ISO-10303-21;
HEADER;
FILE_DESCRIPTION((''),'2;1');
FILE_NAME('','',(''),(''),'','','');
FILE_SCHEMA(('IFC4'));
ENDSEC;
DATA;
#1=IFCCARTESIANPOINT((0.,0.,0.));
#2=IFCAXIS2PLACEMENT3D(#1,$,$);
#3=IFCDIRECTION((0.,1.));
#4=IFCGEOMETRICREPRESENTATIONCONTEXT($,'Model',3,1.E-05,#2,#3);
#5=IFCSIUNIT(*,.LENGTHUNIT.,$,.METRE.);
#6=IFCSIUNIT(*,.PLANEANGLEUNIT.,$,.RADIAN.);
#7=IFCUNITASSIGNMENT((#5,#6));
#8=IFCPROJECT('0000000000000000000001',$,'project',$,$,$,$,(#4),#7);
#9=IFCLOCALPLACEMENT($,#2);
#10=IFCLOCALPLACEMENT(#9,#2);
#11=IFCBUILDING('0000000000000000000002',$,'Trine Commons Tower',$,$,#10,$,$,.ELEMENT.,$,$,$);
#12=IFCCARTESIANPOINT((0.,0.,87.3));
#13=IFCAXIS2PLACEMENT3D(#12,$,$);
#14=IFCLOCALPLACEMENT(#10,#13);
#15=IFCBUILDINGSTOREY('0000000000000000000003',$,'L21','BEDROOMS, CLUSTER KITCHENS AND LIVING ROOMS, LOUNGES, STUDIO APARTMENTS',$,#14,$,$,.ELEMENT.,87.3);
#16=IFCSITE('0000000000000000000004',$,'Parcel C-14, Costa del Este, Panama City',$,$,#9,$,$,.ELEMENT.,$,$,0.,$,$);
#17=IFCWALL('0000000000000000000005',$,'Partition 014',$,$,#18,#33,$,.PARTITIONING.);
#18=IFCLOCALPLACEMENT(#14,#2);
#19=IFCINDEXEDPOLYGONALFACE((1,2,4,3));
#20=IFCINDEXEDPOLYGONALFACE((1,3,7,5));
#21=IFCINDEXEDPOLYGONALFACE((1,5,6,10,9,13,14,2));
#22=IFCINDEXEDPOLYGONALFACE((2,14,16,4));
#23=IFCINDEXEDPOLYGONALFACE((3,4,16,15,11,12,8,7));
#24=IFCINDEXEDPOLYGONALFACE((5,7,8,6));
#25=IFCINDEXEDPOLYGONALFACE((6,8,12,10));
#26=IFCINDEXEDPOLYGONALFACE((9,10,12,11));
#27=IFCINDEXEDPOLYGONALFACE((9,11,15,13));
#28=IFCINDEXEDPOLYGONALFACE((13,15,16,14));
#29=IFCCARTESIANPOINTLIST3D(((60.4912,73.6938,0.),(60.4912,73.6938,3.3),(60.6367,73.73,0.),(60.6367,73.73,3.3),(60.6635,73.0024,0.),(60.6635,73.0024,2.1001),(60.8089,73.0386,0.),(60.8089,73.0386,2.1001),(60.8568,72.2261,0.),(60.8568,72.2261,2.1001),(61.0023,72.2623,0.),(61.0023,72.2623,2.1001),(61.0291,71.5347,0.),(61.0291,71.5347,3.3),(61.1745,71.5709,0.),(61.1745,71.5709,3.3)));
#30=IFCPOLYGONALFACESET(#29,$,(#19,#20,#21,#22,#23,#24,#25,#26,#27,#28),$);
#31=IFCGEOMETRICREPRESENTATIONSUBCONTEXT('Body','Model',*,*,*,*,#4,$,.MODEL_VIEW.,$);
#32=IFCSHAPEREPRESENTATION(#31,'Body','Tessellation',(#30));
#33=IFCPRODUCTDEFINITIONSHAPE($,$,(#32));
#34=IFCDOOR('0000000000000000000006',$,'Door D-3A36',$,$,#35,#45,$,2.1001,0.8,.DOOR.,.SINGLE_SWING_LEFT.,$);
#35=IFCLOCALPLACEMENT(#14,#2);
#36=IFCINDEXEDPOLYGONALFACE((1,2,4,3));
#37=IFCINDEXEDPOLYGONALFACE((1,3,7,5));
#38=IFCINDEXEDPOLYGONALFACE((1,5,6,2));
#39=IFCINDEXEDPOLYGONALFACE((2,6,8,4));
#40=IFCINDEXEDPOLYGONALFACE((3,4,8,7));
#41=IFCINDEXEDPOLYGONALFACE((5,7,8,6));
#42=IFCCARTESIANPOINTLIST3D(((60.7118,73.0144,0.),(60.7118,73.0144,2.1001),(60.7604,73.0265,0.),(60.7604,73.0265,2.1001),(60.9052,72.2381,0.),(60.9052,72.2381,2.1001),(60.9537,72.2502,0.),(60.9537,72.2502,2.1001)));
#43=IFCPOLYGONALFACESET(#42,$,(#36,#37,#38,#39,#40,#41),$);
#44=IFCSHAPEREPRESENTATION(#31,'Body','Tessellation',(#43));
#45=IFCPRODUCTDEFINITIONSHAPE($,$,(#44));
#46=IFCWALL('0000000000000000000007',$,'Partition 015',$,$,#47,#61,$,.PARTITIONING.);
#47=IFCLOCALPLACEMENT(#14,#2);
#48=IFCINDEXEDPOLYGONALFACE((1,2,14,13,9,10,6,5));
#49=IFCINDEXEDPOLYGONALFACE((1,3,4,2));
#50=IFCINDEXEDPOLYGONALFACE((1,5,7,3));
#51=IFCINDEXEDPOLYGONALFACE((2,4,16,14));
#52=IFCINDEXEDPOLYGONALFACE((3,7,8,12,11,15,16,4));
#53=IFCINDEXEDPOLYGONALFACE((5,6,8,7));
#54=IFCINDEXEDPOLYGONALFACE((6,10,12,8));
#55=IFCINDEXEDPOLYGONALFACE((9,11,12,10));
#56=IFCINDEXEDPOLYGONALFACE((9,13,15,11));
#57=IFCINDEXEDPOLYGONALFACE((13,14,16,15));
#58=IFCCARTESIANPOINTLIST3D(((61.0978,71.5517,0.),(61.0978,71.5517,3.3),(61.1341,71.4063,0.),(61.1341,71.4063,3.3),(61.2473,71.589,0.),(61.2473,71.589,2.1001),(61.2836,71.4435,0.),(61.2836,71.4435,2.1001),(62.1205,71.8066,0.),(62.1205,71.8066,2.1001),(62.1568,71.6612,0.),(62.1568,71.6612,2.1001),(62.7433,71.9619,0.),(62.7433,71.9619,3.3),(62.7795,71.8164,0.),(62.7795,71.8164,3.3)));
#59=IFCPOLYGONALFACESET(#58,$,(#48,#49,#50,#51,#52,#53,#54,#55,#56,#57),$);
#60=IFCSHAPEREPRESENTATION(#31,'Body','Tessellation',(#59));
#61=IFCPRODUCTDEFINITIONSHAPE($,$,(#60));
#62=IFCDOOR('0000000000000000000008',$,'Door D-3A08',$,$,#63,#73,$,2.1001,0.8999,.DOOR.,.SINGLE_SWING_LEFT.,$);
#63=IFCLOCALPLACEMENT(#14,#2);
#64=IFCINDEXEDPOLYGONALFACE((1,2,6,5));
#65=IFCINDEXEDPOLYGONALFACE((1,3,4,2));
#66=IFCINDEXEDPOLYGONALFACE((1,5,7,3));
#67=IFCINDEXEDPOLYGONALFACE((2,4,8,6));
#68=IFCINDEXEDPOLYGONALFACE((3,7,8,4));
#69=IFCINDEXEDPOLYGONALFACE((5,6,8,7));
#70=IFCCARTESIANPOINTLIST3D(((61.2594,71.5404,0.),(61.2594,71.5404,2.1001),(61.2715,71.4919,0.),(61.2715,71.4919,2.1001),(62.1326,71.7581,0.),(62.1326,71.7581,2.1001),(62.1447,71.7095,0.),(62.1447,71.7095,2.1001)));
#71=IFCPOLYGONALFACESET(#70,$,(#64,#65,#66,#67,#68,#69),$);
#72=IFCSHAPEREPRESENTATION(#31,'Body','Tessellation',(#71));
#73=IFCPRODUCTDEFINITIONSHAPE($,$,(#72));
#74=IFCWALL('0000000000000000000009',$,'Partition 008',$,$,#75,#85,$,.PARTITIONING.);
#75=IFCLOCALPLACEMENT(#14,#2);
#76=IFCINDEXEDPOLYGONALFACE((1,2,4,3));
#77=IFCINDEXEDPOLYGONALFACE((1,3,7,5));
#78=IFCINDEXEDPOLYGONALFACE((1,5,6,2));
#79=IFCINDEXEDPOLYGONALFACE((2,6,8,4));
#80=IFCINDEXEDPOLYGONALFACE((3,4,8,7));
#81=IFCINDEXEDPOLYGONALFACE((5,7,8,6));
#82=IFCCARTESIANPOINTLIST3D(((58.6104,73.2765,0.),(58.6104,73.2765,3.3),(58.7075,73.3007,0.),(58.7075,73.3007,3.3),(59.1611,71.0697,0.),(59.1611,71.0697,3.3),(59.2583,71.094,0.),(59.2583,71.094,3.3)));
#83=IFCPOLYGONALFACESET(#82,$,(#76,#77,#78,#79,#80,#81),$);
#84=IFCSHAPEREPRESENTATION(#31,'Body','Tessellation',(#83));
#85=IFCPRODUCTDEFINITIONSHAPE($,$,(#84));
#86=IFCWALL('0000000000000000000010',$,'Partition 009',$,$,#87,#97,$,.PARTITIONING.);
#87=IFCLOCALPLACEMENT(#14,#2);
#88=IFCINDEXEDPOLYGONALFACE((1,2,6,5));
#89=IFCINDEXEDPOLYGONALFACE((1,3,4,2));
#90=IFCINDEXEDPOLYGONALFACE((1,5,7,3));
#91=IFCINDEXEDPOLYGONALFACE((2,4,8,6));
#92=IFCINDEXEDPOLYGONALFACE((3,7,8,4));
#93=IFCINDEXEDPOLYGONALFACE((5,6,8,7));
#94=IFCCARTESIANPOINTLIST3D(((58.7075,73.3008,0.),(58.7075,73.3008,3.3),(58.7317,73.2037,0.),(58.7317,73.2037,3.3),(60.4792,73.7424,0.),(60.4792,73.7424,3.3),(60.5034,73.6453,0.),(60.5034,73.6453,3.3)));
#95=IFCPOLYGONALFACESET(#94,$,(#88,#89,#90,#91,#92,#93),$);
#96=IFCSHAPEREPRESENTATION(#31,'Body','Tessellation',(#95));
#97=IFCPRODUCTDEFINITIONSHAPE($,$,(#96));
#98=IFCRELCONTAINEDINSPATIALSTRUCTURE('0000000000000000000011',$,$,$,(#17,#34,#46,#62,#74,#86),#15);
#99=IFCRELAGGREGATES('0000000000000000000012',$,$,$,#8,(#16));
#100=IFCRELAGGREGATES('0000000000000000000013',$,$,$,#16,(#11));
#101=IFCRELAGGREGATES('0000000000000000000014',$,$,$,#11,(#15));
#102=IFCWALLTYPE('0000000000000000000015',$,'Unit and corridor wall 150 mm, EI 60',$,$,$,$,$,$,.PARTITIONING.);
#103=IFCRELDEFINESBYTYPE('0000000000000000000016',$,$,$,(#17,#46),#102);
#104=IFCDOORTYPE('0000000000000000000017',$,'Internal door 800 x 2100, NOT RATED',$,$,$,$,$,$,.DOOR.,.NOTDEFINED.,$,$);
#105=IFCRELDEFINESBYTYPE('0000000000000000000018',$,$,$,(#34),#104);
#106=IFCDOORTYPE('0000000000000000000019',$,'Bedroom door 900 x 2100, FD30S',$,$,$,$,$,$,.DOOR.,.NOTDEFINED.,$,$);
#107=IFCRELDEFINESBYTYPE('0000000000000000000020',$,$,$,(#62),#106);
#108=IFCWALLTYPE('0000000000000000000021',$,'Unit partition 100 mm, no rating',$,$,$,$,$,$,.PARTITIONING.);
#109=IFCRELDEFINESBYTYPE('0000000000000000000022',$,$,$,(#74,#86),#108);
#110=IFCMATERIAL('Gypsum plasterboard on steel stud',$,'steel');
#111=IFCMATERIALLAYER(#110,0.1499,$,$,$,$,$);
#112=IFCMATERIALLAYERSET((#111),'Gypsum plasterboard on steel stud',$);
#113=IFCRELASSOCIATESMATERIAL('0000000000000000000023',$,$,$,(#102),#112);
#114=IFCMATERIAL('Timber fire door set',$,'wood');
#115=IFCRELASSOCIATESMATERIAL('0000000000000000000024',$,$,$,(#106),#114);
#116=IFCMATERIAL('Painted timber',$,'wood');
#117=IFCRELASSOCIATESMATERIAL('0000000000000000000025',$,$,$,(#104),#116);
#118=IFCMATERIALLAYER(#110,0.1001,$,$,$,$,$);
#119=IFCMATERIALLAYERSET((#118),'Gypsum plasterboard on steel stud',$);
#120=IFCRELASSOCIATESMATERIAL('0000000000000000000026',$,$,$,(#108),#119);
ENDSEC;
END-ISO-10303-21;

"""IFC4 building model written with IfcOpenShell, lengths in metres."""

from ifc_helpers import new_model, si_unit, direction, frame, frame_2d, origin, place, context, subcontext, project, spatial, rectangle, extrude, material, layer, layer_set, type_object, element, fill, save


model = new_model("IFC4")

# Units and contexts
model_context = context("Model", 3, precision=1e-05, world=origin(), true_north=direction((0.0, 1.0)))
body_context = subcontext(model_context, "Body", "Model", "MODEL_VIEW")
ifc_project = project(units=[si_unit("LENGTHUNIT", "METRE"), si_unit("PLANEANGLEUNIT", "RADIAN")], contexts=[model_context])

# Site, building, storey
site_placement = place(None, origin())
site = spatial("IfcSite", under=ifc_project, at=site_placement, Name="Parcel C-14, Costa del Este, Panama City", CompositionType="ELEMENT", RefElevation=0.0)
building_placement = place(site_placement, origin())
building = spatial("IfcBuilding", under=site, at=building_placement, Name="Trine Commons Tower", CompositionType="ELEMENT")
storey_placement = place(building_placement, frame((0.0, 0.0, 87.3)))
storey = spatial("IfcBuildingStorey", under=building, at=storey_placement, Name="L21", Description="BEDROOMS, CLUSTER KITCHENS AND LIVING ROOMS, LOUNGES, STUDIO APARTMENTS", CompositionType="ELEMENT", Elevation=87.3)

# Shared definitions
ifc_material_1 = material(Name="Gypsum plasterboard on steel stud", Category="steel")
ifc_layer_1 = layer(ifc_material_1, 0.1499)
ifc_layer_set_1 = layer_set([ifc_layer_1], Name="Gypsum plasterboard on steel stud")
wall_type_1 = type_object("IfcWallType", Name="Unit and corridor wall 150 mm, EI 60", PredefinedType="PARTITIONING", material=ifc_layer_set_1)
ifc_material_2 = material(Name="Timber fire door set", Category="wood")
door_type_1 = type_object("IfcDoorType", Name="Bedroom door 900 x 2100, FD30S", OperationType="NOTDEFINED", PredefinedType="DOOR", material=ifc_material_2)

# Walls, openings, doors
wall_1_placement = place(storey_placement, frame((60.564, 73.7119, 0.0), z_axis=(0.0, 0.0, 1.0), x_axis=(0.241709, -0.970349, 0.0)))
wall_1 = element("IfcWall", 1, at=wall_1_placement, inside=storey, type_object=wall_type_1, Name="Partition 014", PredefinedType="PARTITIONING", context=body_context, shape_type="SweptSolid", body=[
    extrude(rectangle(XDim=2.2251, YDim=0.1499, at=frame_2d((1.1125, 0.0))), origin(), (0.0, 0.0, 1.0), 3.3),
])
opening_1_placement = place(wall_1_placement, frame((0.7126, 0.0, 0.0)))
opening_1 = element("IfcOpeningElement", 2, at=opening_1_placement, cuts=wall_1, PredefinedType="OPENING", context=body_context, shape_type="SweptSolid", body=[
    extrude(rectangle(XDim=0.8, YDim=2.1001, at=frame_2d((0.3999, 1.05))), frame((0.0, 0.085, 0.0), z_axis=(0.0, -1.0, 0.0), x_axis=(1.0, 0.0, 0.0)), (0.0, 0.0, 1.0), 0.1699),
])
ifc_material_3 = material(Name="Painted timber", Category="wood")
door_type_2 = type_object("IfcDoorType", Name="Internal door 800 x 2100, NOT RATED", OperationType="NOTDEFINED", PredefinedType="DOOR", material=ifc_material_3)
door_1_placement = place(opening_1_placement, origin())
door_1 = element("IfcDoor", 3, at=door_1_placement, inside=storey, type_object=door_type_2, Name="Door D-3A36", OperationType="SINGLE_SWING_LEFT", OverallHeight=2.1001, OverallWidth=0.8, PredefinedType="DOOR", context=body_context, shape_type="SweptSolid", body=[
    extrude(rectangle(XDim=0.8, YDim=2.1001, at=frame_2d((0.3999, 1.05))), frame((0.0, 0.0249, 0.0), z_axis=(0.0, -1.0, 0.0), x_axis=(1.0, 0.0, 0.0)), (0.0, 0.0, 1.0), 0.05),
])
fill(opening_1, door_1)
wall_2_placement = place(storey_placement, frame((61.116, 71.479, 0.0), z_axis=(0.0, 0.0, 1.0), x_axis=(0.970312, 0.241858, 0.0)))
wall_2 = element("IfcWall", 4, at=wall_2_placement, inside=storey, type_object=wall_type_1, Name="Partition 015", PredefinedType="PARTITIONING", context=body_context, shape_type="SweptSolid", body=[
    extrude(rectangle(XDim=1.6958, YDim=0.1499, at=frame_2d((0.8479, 0.0))), origin(), (0.0, 0.0, 1.0), 3.3),
])
opening_2_placement = place(wall_2_placement, frame((0.1541, 0.0, 0.0)))
opening_2 = element("IfcOpeningElement", 5, at=opening_2_placement, cuts=wall_2, PredefinedType="OPENING", context=body_context, shape_type="SweptSolid", body=[
    extrude(rectangle(XDim=0.8999, YDim=2.1001, at=frame_2d((0.45, 1.05))), frame((0.0, 0.085, 0.0), z_axis=(0.0, -1.0, 0.0), x_axis=(1.0, 0.0, 0.0)), (0.0, 0.0, 1.0), 0.1699),
])
door_2_placement = place(opening_2_placement, origin())
door_2 = element("IfcDoor", 6, at=door_2_placement, inside=storey, type_object=door_type_1, Name="Door D-3A08", OperationType="SINGLE_SWING_LEFT", OverallHeight=2.1001, OverallWidth=0.8999, PredefinedType="DOOR", context=body_context, shape_type="SweptSolid", body=[
    extrude(rectangle(XDim=0.8999, YDim=2.1001, at=frame_2d((0.45, 1.05))), frame((0.0, 0.0249, 0.0), z_axis=(0.0, -1.0, 0.0), x_axis=(1.0, 0.0, 0.0)), (0.0, 0.0, 1.0), 0.05),
])
fill(opening_2, door_2)

# Walls
ifc_layer_2 = layer(ifc_material_1, 0.1001)
ifc_layer_set_2 = layer_set([ifc_layer_2], Name="Gypsum plasterboard on steel stud")
wall_type_2 = type_object("IfcWallType", Name="Unit partition 100 mm, no rating", PredefinedType="PARTITIONING", material=ifc_layer_set_2)
wall_3_placement = place(storey_placement, frame((58.6589, 73.2886, 0.0), z_axis=(0.0, 0.0, 1.0), x_axis=(0.242157, -0.970237, 0.0)))
element("IfcWall", 7, at=wall_3_placement, inside=storey, type_object=wall_type_2, Name="Partition 008", PredefinedType="PARTITIONING", context=body_context, shape_type="SweptSolid", body=[
    extrude(rectangle(XDim=2.2744, YDim=0.1001, at=frame_2d((1.1372, 0.0))), origin(), (0.0, 0.0, 1.0), 3.3),
])
wall_4_placement = place(storey_placement, frame((58.7195, 73.2522, 0.0), z_axis=(0.0, 0.0, 1.0), x_axis=(0.970307, 0.241875, 0.0)))
element("IfcWall", 8, at=wall_4_placement, inside=storey, type_object=wall_type_2, Name="Partition 009", PredefinedType="PARTITIONING", context=body_context, shape_type="SweptSolid", body=[
    extrude(rectangle(XDim=1.8259, YDim=0.1001, at=frame_2d((0.9131, 0.0))), origin(), (0.0, 0.0, 1.0), 3.3),
])

save(model, "model.ifc")
